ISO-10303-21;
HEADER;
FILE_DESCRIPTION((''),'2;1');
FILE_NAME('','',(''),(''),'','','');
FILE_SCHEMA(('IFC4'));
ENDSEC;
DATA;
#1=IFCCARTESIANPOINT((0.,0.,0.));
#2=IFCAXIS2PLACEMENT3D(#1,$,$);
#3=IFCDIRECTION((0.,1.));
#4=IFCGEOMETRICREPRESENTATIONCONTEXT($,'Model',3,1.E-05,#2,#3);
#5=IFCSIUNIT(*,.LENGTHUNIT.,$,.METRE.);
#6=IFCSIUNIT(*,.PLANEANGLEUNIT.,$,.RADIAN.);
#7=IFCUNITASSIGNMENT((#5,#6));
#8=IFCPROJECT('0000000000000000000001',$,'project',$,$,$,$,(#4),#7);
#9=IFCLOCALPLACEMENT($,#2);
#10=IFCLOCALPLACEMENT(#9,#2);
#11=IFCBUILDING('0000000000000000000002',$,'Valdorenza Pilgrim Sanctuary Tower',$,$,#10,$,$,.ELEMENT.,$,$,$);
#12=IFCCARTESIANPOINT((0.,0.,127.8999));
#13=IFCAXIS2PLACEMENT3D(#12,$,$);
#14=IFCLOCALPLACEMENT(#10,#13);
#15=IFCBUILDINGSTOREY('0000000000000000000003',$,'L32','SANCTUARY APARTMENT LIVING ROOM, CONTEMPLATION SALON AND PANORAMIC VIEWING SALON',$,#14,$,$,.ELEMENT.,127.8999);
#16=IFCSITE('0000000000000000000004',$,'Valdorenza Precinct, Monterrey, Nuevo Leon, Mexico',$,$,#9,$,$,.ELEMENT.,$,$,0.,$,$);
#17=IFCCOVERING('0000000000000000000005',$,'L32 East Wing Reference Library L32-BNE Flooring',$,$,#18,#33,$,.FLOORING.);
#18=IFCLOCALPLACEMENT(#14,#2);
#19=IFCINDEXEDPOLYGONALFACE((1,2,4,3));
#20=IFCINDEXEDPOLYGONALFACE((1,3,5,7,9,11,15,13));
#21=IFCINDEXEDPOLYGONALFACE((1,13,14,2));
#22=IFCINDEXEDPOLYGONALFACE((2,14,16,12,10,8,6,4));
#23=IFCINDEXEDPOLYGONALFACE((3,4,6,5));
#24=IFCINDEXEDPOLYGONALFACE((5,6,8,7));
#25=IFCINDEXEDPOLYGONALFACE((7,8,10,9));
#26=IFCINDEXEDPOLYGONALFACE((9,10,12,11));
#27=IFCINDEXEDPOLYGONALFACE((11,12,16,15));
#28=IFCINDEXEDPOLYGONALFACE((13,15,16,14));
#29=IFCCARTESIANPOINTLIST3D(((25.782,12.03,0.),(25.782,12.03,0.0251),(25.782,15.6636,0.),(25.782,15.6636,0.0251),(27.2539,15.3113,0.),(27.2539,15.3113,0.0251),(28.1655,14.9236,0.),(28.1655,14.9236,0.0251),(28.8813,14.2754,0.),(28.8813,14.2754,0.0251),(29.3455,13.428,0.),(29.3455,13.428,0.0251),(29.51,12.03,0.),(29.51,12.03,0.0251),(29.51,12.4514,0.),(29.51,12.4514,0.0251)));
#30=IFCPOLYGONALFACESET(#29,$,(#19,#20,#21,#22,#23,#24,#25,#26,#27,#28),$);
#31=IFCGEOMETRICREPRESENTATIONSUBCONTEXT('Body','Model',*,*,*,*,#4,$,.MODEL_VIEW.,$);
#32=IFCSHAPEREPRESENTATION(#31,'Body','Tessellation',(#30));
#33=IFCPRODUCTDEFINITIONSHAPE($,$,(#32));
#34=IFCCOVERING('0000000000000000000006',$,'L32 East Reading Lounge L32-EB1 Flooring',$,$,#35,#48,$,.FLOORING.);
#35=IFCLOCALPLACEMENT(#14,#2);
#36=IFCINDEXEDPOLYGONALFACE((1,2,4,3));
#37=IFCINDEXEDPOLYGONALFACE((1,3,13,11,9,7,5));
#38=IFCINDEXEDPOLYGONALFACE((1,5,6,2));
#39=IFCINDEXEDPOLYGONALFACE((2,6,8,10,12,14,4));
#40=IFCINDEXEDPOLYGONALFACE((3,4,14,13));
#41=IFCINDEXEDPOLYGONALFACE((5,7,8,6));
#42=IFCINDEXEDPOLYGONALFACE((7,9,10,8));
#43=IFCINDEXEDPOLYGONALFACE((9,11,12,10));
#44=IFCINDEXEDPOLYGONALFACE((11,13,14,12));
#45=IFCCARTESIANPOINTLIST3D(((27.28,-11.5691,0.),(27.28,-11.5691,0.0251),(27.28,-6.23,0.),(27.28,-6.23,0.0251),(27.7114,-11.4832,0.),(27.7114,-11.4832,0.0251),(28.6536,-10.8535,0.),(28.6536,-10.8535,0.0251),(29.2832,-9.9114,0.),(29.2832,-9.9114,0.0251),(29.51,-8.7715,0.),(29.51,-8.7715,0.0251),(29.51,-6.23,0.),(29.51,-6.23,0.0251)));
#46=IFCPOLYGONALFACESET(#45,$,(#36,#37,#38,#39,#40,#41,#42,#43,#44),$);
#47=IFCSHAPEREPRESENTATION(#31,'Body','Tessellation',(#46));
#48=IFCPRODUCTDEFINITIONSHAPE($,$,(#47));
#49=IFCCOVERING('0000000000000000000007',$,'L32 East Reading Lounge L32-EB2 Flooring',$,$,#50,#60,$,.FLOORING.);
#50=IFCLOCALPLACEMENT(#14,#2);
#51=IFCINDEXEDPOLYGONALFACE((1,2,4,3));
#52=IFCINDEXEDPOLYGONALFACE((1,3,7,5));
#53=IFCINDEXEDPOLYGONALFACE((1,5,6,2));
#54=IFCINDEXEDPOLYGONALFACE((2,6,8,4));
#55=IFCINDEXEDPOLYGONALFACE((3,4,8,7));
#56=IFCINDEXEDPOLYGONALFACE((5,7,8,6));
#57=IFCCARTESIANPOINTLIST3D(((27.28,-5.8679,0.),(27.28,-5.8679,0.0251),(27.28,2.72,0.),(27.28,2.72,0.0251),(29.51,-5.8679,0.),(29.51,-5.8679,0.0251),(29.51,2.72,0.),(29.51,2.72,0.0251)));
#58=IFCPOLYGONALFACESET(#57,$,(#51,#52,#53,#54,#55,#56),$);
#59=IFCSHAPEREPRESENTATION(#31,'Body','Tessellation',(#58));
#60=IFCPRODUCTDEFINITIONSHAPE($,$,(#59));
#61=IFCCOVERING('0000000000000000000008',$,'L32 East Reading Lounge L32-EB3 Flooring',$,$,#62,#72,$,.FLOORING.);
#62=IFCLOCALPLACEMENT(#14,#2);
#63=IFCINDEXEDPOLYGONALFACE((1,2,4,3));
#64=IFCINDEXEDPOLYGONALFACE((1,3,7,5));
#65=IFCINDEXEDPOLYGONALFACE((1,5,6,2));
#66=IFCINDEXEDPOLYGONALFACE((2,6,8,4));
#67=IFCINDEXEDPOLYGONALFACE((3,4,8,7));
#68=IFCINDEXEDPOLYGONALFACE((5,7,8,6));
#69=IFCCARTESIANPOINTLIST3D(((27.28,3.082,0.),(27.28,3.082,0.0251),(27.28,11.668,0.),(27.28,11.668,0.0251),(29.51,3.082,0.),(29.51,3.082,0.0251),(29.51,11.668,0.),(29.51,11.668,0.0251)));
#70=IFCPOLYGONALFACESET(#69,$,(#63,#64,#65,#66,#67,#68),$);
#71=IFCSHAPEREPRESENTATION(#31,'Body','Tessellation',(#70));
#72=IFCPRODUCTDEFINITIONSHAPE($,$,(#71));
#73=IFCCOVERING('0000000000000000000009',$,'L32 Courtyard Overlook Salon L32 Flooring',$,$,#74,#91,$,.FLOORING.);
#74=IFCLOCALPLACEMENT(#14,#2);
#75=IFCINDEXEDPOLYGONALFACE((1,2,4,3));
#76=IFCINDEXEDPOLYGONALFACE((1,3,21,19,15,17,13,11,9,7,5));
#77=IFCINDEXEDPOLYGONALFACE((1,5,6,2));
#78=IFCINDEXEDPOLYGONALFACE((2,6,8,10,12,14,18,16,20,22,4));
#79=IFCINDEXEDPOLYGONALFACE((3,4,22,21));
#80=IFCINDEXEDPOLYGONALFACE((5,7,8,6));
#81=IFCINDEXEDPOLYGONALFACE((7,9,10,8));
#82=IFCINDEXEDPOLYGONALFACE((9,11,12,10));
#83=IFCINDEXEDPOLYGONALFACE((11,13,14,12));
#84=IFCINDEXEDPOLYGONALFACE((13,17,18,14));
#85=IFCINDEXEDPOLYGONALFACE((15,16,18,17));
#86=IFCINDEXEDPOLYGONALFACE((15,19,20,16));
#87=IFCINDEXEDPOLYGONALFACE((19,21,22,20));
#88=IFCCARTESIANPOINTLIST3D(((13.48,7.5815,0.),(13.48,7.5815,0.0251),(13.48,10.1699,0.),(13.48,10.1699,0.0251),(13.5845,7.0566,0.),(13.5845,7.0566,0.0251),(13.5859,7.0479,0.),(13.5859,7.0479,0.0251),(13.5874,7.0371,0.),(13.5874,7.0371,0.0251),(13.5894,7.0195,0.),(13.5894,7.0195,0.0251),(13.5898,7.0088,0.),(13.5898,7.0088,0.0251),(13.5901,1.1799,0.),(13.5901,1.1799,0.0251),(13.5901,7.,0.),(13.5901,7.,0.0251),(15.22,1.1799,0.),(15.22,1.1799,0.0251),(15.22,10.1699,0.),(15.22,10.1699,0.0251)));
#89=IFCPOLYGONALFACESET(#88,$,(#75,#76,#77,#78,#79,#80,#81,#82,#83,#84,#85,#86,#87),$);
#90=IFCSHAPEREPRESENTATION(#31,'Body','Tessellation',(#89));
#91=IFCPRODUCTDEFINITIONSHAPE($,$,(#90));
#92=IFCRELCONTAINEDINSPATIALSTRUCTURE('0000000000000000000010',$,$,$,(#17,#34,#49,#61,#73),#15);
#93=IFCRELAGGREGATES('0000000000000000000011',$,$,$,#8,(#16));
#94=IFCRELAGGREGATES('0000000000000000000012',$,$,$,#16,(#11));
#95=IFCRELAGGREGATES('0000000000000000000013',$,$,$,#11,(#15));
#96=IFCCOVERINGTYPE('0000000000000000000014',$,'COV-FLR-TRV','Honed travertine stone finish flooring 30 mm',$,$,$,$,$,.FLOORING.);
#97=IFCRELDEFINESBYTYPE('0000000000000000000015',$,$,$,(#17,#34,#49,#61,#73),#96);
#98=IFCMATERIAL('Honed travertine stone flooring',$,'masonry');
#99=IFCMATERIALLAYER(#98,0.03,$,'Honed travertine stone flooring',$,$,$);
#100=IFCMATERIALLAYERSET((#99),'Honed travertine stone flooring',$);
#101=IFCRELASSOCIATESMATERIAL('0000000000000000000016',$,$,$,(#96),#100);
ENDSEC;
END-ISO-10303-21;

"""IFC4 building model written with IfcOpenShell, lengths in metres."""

from ifc_helpers import new_model, si_unit, direction, frame, origin, place, context, subcontext, project, spatial, polyline, outline, extrude, material, layer, layer_set, type_object, element, save


model = new_model("IFC4")

# Units and contexts
model_context = context("Model", 3, precision=1e-05, world=origin(), true_north=direction((0.0, 1.0)))
body_context = subcontext(model_context, "Body", "Model", "MODEL_VIEW")
ifc_project = project(units=[si_unit("LENGTHUNIT", "METRE"), si_unit("PLANEANGLEUNIT", "RADIAN")], contexts=[model_context])

# Site, building, storey
site_placement = place(None, origin())
site = spatial("IfcSite", under=ifc_project, at=site_placement, Name="Valdorenza Precinct, Monterrey, Nuevo Leon, Mexico", CompositionType="ELEMENT", RefElevation=0.0)
building_placement = place(site_placement, origin())
building = spatial("IfcBuilding", under=site, at=building_placement, Name="Valdorenza Pilgrim Sanctuary Tower", CompositionType="ELEMENT")
storey_placement = place(building_placement, frame((0.0, 0.0, 127.8999)))
storey = spatial("IfcBuildingStorey", under=building, at=storey_placement, Name="L32", Description="SANCTUARY APARTMENT LIVING ROOM, CONTEMPLATION SALON AND PANORAMIC VIEWING SALON", CompositionType="ELEMENT", Elevation=127.8999)

# Coverings
ifc_material_1 = material(Name="Honed travertine stone flooring", Category="masonry")
ifc_layer_1 = layer(ifc_material_1, 0.03, Name="Honed travertine stone flooring")
ifc_layer_set_1 = layer_set([ifc_layer_1], Name="Honed travertine stone flooring")
covering_type_1 = type_object("IfcCoveringType", Name="COV-FLR-TRV", Description="Honed travertine stone finish flooring 30 mm", PredefinedType="FLOORING", material=ifc_layer_set_1)
covering_1_placement = place(storey_placement, origin())
element("IfcCovering", 1, at=covering_1_placement, inside=storey, type_object=covering_type_1, Name="L32 East Wing Reference Library L32-BNE Flooring", PredefinedType="FLOORING", context=body_context, shape_type="SweptSolid", body=[
    extrude(outline(polyline([(27.2539, 15.3113), (28.1655, 14.9236), (28.8813, 14.2754), (29.3455, 13.428), (29.51, 12.4514), (29.51, 12.03), (25.782, 12.03), (25.782, 15.6636), (27.2539, 15.3113)])), origin(), (0.0, 0.0, 1.0), 0.0251),
])
covering_2_placement = place(storey_placement, origin())
element("IfcCovering", 2, at=covering_2_placement, inside=storey, type_object=covering_type_1, Name="L32 East Reading Lounge L32-EB1 Flooring", PredefinedType="FLOORING", context=body_context, shape_type="SweptSolid", body=[
    extrude(outline(polyline([(29.51, -6.23), (29.51, -8.7715), (29.2832, -9.9114), (28.6536, -10.8535), (27.7114, -11.4832), (27.28, -11.5691), (27.28, -6.23), (29.51, -6.23)])), origin(), (0.0, 0.0, 1.0), 0.0251),
])
covering_3_placement = place(storey_placement, origin())
element("IfcCovering", 3, at=covering_3_placement, inside=storey, type_object=covering_type_1, Name="L32 East Reading Lounge L32-EB2 Flooring", PredefinedType="FLOORING", context=body_context, shape_type="SweptSolid", body=[
    extrude(outline(polyline([(27.28, 2.72), (29.51, 2.72), (29.51, -5.8679), (27.28, -5.8679), (27.28, 2.72)])), origin(), (0.0, 0.0, 1.0), 0.0251),
])
covering_4_placement = place(storey_placement, origin())
element("IfcCovering", 4, at=covering_4_placement, inside=storey, type_object=covering_type_1, Name="L32 East Reading Lounge L32-EB3 Flooring", PredefinedType="FLOORING", context=body_context, shape_type="SweptSolid", body=[
    extrude(outline(polyline([(27.28, 11.668), (29.51, 11.668), (29.51, 3.082), (27.28, 3.082), (27.28, 11.668)])), origin(), (0.0, 0.0, 1.0), 0.0251),
])
covering_5_placement = place(storey_placement, origin())
element("IfcCovering", 5, at=covering_5_placement, inside=storey, type_object=covering_type_1, Name="L32 Courtyard Overlook Salon L32 Flooring", PredefinedType="FLOORING", context=body_context, shape_type="SweptSolid", body=[
    extrude(outline(polyline([(15.22, 10.1699), (15.22, 1.1799), (13.5901, 1.1799), (13.5901, 7.0), (13.5898, 7.0088), (13.5894, 7.0195), (13.5874, 7.0371), (13.5859, 7.0479), (13.5845, 7.0566), (13.48, 7.5815), (13.48, 10.1699), (15.22, 10.1699)])), origin(), (0.0, 0.0, 1.0), 0.0251),
])

save(model, "model.ifc")
